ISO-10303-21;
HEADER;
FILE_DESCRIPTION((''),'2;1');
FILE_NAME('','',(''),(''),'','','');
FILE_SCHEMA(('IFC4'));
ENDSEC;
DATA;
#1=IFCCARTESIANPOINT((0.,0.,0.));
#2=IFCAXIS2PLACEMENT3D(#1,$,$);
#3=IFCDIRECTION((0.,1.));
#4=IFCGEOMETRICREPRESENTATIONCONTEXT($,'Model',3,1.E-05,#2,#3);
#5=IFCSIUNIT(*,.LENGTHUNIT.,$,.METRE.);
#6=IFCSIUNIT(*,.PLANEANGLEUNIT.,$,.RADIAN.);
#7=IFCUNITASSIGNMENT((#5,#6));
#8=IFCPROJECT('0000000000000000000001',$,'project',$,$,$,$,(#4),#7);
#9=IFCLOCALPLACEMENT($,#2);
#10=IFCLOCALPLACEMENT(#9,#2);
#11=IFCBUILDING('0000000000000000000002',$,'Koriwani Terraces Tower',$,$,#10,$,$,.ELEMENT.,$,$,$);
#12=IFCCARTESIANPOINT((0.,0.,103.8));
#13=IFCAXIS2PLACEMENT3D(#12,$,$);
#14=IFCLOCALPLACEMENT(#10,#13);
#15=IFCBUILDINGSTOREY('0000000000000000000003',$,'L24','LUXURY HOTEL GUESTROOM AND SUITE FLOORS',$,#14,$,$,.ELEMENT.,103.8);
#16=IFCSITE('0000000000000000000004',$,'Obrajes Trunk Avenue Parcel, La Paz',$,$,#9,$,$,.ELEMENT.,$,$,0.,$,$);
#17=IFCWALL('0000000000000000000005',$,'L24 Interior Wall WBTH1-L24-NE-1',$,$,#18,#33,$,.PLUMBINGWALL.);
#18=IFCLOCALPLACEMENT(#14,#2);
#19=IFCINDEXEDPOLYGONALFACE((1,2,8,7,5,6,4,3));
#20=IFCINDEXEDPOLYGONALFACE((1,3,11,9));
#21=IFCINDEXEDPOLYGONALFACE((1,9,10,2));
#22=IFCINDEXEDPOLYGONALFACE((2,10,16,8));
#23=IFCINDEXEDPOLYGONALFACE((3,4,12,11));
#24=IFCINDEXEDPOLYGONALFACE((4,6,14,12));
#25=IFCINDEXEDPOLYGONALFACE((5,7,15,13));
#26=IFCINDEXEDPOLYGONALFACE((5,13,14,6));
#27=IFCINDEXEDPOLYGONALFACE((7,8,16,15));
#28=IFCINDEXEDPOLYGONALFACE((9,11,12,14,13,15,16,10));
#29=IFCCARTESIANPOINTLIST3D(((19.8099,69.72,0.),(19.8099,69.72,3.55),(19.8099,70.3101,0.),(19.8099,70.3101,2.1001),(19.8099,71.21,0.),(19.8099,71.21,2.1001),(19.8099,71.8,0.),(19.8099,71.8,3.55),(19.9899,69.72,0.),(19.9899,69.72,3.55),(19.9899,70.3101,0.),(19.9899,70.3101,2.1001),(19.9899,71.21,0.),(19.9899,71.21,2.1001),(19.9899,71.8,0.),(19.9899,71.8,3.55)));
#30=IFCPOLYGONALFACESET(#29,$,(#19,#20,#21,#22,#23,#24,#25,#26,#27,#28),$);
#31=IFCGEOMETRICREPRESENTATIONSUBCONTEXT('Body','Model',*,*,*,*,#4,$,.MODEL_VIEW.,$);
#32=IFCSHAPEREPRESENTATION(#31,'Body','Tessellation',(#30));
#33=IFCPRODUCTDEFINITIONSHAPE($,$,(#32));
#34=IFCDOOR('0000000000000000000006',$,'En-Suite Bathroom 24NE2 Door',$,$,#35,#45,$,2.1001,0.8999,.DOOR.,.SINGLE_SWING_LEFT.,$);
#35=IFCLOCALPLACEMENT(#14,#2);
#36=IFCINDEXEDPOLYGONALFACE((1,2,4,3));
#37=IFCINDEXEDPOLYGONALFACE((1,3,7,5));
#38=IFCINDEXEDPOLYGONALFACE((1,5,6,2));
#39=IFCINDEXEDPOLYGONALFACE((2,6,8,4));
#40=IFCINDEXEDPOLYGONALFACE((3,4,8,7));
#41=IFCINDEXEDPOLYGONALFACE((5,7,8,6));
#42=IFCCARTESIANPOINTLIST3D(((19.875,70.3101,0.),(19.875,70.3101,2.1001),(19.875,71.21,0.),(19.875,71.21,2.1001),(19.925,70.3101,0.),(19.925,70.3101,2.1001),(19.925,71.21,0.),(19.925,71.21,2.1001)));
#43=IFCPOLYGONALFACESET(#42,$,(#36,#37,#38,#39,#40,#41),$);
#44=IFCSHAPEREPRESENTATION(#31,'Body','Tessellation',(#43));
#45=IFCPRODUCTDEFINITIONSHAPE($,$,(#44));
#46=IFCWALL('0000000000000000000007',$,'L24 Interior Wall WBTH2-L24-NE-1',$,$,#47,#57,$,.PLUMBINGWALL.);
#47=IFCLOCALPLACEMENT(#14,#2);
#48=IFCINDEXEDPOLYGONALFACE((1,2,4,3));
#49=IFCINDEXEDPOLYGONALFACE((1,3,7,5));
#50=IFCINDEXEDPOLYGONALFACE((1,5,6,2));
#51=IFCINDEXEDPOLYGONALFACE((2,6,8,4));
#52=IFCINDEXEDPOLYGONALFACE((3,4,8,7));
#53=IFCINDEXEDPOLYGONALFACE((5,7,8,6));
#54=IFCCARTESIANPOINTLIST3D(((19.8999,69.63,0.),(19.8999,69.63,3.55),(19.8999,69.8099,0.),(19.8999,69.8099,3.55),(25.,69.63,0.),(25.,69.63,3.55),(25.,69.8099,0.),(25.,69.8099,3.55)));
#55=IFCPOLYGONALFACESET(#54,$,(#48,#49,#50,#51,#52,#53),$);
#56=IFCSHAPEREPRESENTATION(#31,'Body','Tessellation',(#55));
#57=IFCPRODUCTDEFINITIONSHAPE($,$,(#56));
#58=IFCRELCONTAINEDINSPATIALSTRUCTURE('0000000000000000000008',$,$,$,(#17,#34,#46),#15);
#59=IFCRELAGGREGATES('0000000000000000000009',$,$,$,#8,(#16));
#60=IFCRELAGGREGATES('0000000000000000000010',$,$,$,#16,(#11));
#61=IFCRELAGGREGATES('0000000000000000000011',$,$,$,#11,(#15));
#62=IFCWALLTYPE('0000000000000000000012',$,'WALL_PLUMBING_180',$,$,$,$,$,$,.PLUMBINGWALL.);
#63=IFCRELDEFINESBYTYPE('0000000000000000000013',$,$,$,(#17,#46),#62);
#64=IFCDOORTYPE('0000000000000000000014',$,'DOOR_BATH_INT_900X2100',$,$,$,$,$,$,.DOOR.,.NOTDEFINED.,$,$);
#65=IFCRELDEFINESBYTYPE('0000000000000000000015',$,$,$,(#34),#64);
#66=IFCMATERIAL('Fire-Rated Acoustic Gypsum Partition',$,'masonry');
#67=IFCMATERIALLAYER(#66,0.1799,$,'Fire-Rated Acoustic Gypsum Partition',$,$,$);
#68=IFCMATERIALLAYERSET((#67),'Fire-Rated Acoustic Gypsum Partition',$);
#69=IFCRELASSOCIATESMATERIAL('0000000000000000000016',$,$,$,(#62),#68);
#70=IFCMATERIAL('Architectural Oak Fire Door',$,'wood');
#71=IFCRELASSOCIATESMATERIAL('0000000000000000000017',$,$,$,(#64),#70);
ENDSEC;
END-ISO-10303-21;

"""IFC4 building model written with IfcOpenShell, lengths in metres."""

from ifc_helpers import new_model, si_unit, direction, frame, frame_2d, origin, place, context, subcontext, project, spatial, rectangle, extrude, material, layer, layer_set, type_object, element, fill, save


model = new_model("IFC4")

# Units and contexts
model_context = context("Model", 3, precision=1e-05, world=origin(), true_north=direction((0.0, 1.0)))
body_context = subcontext(model_context, "Body", "Model", "MODEL_VIEW")
ifc_project = project(units=[si_unit("LENGTHUNIT", "METRE"), si_unit("PLANEANGLEUNIT", "RADIAN")], contexts=[model_context])

# Site, building, storey
site_placement = place(None, origin())
site = spatial("IfcSite", under=ifc_project, at=site_placement, Name="Obrajes Trunk Avenue Parcel, La Paz", CompositionType="ELEMENT", RefElevation=0.0)
building_placement = place(site_placement, origin())
building = spatial("IfcBuilding", under=site, at=building_placement, Name="Koriwani Terraces Tower", CompositionType="ELEMENT")
storey_placement = place(building_placement, frame((0.0, 0.0, 103.8)))
storey = spatial("IfcBuildingStorey", under=building, at=storey_placement, Name="L24", Description="LUXURY HOTEL GUESTROOM AND SUITE FLOORS", CompositionType="ELEMENT", Elevation=103.8)

# Wall, opening, door
ifc_material_1 = material(Name="Fire-Rated Acoustic Gypsum Partition", Category="masonry")
ifc_layer_1 = layer(ifc_material_1, 0.1799, Name="Fire-Rated Acoustic Gypsum Partition")
ifc_layer_set_1 = layer_set([ifc_layer_1], Name="Fire-Rated Acoustic Gypsum Partition")
wall_type_1 = type_object("IfcWallType", Name="WALL_PLUMBING_180", PredefinedType="PLUMBINGWALL", material=ifc_layer_set_1)
wall_1_placement = place(storey_placement, frame((19.8999, 69.72, 0.0), z_axis=(0.0, 0.0, 1.0), x_axis=(0.0, 1.0, 0.0)))
wall_1 = element("IfcWall", 1, at=wall_1_placement, inside=storey, type_object=wall_type_1, Name="L24 Interior Wall WBTH1-L24-NE-1", PredefinedType="PLUMBINGWALL", context=body_context, shape_type="SweptSolid", body=[
    extrude(rectangle(XDim=2.0801, YDim=0.1799, at=frame_2d((1.04, 0.0))), origin(), (0.0, 0.0, 1.0), 3.55),
])
opening_1_placement = place(wall_1_placement, frame((0.5901, 0.0, 0.0)))
opening_1 = element("IfcOpeningElement", 2, at=opening_1_placement, cuts=wall_1, PredefinedType="OPENING", context=body_context, shape_type="SweptSolid", body=[
    extrude(rectangle(XDim=0.8999, YDim=2.1001, at=frame_2d((0.45, 1.05))), frame((0.0, 0.1001, 0.0), z_axis=(0.0, -1.0, 0.0), x_axis=(1.0, 0.0, 0.0)), (0.0, 0.0, 1.0), 0.2),
])
ifc_material_2 = material(Name="Architectural Oak Fire Door", Category="wood")
door_type = type_object("IfcDoorType", Name="DOOR_BATH_INT_900X2100", OperationType="NOTDEFINED", PredefinedType="DOOR", material=ifc_material_2)
door_placement = place(opening_1_placement, origin())
door = element("IfcDoor", 3, at=door_placement, inside=storey, type_object=door_type, Name="En-Suite Bathroom 24NE2 Door", OperationType="SINGLE_SWING_LEFT", OverallHeight=2.1001, OverallWidth=0.8999, PredefinedType="DOOR", context=body_context, shape_type="SweptSolid", body=[
    extrude(rectangle(XDim=0.8999, YDim=2.1001, at=frame_2d((0.45, 1.05))), frame((0.0, 0.0249, 0.0), z_axis=(0.0, -1.0, 0.0), x_axis=(1.0, 0.0, 0.0)), (0.0, 0.0, 1.0), 0.05),
])
fill(opening_1, door)

# Wall
wall_2_placement = place(storey_placement, frame((19.8999, 69.72, 0.0), z_axis=(0.0, 0.0, 1.0), x_axis=(1.0, 0.0, 0.0)))
element("IfcWall", 4, at=wall_2_placement, inside=storey, type_object=wall_type_1, Name="L24 Interior Wall WBTH2-L24-NE-1", PredefinedType="PLUMBINGWALL", context=body_context, shape_type="SweptSolid", body=[
    extrude(rectangle(XDim=5.1001, YDim=0.1799, at=frame_2d((2.55, 0.0))), origin(), (0.0, 0.0, 1.0), 3.55),
])

save(model, "model.ifc")
